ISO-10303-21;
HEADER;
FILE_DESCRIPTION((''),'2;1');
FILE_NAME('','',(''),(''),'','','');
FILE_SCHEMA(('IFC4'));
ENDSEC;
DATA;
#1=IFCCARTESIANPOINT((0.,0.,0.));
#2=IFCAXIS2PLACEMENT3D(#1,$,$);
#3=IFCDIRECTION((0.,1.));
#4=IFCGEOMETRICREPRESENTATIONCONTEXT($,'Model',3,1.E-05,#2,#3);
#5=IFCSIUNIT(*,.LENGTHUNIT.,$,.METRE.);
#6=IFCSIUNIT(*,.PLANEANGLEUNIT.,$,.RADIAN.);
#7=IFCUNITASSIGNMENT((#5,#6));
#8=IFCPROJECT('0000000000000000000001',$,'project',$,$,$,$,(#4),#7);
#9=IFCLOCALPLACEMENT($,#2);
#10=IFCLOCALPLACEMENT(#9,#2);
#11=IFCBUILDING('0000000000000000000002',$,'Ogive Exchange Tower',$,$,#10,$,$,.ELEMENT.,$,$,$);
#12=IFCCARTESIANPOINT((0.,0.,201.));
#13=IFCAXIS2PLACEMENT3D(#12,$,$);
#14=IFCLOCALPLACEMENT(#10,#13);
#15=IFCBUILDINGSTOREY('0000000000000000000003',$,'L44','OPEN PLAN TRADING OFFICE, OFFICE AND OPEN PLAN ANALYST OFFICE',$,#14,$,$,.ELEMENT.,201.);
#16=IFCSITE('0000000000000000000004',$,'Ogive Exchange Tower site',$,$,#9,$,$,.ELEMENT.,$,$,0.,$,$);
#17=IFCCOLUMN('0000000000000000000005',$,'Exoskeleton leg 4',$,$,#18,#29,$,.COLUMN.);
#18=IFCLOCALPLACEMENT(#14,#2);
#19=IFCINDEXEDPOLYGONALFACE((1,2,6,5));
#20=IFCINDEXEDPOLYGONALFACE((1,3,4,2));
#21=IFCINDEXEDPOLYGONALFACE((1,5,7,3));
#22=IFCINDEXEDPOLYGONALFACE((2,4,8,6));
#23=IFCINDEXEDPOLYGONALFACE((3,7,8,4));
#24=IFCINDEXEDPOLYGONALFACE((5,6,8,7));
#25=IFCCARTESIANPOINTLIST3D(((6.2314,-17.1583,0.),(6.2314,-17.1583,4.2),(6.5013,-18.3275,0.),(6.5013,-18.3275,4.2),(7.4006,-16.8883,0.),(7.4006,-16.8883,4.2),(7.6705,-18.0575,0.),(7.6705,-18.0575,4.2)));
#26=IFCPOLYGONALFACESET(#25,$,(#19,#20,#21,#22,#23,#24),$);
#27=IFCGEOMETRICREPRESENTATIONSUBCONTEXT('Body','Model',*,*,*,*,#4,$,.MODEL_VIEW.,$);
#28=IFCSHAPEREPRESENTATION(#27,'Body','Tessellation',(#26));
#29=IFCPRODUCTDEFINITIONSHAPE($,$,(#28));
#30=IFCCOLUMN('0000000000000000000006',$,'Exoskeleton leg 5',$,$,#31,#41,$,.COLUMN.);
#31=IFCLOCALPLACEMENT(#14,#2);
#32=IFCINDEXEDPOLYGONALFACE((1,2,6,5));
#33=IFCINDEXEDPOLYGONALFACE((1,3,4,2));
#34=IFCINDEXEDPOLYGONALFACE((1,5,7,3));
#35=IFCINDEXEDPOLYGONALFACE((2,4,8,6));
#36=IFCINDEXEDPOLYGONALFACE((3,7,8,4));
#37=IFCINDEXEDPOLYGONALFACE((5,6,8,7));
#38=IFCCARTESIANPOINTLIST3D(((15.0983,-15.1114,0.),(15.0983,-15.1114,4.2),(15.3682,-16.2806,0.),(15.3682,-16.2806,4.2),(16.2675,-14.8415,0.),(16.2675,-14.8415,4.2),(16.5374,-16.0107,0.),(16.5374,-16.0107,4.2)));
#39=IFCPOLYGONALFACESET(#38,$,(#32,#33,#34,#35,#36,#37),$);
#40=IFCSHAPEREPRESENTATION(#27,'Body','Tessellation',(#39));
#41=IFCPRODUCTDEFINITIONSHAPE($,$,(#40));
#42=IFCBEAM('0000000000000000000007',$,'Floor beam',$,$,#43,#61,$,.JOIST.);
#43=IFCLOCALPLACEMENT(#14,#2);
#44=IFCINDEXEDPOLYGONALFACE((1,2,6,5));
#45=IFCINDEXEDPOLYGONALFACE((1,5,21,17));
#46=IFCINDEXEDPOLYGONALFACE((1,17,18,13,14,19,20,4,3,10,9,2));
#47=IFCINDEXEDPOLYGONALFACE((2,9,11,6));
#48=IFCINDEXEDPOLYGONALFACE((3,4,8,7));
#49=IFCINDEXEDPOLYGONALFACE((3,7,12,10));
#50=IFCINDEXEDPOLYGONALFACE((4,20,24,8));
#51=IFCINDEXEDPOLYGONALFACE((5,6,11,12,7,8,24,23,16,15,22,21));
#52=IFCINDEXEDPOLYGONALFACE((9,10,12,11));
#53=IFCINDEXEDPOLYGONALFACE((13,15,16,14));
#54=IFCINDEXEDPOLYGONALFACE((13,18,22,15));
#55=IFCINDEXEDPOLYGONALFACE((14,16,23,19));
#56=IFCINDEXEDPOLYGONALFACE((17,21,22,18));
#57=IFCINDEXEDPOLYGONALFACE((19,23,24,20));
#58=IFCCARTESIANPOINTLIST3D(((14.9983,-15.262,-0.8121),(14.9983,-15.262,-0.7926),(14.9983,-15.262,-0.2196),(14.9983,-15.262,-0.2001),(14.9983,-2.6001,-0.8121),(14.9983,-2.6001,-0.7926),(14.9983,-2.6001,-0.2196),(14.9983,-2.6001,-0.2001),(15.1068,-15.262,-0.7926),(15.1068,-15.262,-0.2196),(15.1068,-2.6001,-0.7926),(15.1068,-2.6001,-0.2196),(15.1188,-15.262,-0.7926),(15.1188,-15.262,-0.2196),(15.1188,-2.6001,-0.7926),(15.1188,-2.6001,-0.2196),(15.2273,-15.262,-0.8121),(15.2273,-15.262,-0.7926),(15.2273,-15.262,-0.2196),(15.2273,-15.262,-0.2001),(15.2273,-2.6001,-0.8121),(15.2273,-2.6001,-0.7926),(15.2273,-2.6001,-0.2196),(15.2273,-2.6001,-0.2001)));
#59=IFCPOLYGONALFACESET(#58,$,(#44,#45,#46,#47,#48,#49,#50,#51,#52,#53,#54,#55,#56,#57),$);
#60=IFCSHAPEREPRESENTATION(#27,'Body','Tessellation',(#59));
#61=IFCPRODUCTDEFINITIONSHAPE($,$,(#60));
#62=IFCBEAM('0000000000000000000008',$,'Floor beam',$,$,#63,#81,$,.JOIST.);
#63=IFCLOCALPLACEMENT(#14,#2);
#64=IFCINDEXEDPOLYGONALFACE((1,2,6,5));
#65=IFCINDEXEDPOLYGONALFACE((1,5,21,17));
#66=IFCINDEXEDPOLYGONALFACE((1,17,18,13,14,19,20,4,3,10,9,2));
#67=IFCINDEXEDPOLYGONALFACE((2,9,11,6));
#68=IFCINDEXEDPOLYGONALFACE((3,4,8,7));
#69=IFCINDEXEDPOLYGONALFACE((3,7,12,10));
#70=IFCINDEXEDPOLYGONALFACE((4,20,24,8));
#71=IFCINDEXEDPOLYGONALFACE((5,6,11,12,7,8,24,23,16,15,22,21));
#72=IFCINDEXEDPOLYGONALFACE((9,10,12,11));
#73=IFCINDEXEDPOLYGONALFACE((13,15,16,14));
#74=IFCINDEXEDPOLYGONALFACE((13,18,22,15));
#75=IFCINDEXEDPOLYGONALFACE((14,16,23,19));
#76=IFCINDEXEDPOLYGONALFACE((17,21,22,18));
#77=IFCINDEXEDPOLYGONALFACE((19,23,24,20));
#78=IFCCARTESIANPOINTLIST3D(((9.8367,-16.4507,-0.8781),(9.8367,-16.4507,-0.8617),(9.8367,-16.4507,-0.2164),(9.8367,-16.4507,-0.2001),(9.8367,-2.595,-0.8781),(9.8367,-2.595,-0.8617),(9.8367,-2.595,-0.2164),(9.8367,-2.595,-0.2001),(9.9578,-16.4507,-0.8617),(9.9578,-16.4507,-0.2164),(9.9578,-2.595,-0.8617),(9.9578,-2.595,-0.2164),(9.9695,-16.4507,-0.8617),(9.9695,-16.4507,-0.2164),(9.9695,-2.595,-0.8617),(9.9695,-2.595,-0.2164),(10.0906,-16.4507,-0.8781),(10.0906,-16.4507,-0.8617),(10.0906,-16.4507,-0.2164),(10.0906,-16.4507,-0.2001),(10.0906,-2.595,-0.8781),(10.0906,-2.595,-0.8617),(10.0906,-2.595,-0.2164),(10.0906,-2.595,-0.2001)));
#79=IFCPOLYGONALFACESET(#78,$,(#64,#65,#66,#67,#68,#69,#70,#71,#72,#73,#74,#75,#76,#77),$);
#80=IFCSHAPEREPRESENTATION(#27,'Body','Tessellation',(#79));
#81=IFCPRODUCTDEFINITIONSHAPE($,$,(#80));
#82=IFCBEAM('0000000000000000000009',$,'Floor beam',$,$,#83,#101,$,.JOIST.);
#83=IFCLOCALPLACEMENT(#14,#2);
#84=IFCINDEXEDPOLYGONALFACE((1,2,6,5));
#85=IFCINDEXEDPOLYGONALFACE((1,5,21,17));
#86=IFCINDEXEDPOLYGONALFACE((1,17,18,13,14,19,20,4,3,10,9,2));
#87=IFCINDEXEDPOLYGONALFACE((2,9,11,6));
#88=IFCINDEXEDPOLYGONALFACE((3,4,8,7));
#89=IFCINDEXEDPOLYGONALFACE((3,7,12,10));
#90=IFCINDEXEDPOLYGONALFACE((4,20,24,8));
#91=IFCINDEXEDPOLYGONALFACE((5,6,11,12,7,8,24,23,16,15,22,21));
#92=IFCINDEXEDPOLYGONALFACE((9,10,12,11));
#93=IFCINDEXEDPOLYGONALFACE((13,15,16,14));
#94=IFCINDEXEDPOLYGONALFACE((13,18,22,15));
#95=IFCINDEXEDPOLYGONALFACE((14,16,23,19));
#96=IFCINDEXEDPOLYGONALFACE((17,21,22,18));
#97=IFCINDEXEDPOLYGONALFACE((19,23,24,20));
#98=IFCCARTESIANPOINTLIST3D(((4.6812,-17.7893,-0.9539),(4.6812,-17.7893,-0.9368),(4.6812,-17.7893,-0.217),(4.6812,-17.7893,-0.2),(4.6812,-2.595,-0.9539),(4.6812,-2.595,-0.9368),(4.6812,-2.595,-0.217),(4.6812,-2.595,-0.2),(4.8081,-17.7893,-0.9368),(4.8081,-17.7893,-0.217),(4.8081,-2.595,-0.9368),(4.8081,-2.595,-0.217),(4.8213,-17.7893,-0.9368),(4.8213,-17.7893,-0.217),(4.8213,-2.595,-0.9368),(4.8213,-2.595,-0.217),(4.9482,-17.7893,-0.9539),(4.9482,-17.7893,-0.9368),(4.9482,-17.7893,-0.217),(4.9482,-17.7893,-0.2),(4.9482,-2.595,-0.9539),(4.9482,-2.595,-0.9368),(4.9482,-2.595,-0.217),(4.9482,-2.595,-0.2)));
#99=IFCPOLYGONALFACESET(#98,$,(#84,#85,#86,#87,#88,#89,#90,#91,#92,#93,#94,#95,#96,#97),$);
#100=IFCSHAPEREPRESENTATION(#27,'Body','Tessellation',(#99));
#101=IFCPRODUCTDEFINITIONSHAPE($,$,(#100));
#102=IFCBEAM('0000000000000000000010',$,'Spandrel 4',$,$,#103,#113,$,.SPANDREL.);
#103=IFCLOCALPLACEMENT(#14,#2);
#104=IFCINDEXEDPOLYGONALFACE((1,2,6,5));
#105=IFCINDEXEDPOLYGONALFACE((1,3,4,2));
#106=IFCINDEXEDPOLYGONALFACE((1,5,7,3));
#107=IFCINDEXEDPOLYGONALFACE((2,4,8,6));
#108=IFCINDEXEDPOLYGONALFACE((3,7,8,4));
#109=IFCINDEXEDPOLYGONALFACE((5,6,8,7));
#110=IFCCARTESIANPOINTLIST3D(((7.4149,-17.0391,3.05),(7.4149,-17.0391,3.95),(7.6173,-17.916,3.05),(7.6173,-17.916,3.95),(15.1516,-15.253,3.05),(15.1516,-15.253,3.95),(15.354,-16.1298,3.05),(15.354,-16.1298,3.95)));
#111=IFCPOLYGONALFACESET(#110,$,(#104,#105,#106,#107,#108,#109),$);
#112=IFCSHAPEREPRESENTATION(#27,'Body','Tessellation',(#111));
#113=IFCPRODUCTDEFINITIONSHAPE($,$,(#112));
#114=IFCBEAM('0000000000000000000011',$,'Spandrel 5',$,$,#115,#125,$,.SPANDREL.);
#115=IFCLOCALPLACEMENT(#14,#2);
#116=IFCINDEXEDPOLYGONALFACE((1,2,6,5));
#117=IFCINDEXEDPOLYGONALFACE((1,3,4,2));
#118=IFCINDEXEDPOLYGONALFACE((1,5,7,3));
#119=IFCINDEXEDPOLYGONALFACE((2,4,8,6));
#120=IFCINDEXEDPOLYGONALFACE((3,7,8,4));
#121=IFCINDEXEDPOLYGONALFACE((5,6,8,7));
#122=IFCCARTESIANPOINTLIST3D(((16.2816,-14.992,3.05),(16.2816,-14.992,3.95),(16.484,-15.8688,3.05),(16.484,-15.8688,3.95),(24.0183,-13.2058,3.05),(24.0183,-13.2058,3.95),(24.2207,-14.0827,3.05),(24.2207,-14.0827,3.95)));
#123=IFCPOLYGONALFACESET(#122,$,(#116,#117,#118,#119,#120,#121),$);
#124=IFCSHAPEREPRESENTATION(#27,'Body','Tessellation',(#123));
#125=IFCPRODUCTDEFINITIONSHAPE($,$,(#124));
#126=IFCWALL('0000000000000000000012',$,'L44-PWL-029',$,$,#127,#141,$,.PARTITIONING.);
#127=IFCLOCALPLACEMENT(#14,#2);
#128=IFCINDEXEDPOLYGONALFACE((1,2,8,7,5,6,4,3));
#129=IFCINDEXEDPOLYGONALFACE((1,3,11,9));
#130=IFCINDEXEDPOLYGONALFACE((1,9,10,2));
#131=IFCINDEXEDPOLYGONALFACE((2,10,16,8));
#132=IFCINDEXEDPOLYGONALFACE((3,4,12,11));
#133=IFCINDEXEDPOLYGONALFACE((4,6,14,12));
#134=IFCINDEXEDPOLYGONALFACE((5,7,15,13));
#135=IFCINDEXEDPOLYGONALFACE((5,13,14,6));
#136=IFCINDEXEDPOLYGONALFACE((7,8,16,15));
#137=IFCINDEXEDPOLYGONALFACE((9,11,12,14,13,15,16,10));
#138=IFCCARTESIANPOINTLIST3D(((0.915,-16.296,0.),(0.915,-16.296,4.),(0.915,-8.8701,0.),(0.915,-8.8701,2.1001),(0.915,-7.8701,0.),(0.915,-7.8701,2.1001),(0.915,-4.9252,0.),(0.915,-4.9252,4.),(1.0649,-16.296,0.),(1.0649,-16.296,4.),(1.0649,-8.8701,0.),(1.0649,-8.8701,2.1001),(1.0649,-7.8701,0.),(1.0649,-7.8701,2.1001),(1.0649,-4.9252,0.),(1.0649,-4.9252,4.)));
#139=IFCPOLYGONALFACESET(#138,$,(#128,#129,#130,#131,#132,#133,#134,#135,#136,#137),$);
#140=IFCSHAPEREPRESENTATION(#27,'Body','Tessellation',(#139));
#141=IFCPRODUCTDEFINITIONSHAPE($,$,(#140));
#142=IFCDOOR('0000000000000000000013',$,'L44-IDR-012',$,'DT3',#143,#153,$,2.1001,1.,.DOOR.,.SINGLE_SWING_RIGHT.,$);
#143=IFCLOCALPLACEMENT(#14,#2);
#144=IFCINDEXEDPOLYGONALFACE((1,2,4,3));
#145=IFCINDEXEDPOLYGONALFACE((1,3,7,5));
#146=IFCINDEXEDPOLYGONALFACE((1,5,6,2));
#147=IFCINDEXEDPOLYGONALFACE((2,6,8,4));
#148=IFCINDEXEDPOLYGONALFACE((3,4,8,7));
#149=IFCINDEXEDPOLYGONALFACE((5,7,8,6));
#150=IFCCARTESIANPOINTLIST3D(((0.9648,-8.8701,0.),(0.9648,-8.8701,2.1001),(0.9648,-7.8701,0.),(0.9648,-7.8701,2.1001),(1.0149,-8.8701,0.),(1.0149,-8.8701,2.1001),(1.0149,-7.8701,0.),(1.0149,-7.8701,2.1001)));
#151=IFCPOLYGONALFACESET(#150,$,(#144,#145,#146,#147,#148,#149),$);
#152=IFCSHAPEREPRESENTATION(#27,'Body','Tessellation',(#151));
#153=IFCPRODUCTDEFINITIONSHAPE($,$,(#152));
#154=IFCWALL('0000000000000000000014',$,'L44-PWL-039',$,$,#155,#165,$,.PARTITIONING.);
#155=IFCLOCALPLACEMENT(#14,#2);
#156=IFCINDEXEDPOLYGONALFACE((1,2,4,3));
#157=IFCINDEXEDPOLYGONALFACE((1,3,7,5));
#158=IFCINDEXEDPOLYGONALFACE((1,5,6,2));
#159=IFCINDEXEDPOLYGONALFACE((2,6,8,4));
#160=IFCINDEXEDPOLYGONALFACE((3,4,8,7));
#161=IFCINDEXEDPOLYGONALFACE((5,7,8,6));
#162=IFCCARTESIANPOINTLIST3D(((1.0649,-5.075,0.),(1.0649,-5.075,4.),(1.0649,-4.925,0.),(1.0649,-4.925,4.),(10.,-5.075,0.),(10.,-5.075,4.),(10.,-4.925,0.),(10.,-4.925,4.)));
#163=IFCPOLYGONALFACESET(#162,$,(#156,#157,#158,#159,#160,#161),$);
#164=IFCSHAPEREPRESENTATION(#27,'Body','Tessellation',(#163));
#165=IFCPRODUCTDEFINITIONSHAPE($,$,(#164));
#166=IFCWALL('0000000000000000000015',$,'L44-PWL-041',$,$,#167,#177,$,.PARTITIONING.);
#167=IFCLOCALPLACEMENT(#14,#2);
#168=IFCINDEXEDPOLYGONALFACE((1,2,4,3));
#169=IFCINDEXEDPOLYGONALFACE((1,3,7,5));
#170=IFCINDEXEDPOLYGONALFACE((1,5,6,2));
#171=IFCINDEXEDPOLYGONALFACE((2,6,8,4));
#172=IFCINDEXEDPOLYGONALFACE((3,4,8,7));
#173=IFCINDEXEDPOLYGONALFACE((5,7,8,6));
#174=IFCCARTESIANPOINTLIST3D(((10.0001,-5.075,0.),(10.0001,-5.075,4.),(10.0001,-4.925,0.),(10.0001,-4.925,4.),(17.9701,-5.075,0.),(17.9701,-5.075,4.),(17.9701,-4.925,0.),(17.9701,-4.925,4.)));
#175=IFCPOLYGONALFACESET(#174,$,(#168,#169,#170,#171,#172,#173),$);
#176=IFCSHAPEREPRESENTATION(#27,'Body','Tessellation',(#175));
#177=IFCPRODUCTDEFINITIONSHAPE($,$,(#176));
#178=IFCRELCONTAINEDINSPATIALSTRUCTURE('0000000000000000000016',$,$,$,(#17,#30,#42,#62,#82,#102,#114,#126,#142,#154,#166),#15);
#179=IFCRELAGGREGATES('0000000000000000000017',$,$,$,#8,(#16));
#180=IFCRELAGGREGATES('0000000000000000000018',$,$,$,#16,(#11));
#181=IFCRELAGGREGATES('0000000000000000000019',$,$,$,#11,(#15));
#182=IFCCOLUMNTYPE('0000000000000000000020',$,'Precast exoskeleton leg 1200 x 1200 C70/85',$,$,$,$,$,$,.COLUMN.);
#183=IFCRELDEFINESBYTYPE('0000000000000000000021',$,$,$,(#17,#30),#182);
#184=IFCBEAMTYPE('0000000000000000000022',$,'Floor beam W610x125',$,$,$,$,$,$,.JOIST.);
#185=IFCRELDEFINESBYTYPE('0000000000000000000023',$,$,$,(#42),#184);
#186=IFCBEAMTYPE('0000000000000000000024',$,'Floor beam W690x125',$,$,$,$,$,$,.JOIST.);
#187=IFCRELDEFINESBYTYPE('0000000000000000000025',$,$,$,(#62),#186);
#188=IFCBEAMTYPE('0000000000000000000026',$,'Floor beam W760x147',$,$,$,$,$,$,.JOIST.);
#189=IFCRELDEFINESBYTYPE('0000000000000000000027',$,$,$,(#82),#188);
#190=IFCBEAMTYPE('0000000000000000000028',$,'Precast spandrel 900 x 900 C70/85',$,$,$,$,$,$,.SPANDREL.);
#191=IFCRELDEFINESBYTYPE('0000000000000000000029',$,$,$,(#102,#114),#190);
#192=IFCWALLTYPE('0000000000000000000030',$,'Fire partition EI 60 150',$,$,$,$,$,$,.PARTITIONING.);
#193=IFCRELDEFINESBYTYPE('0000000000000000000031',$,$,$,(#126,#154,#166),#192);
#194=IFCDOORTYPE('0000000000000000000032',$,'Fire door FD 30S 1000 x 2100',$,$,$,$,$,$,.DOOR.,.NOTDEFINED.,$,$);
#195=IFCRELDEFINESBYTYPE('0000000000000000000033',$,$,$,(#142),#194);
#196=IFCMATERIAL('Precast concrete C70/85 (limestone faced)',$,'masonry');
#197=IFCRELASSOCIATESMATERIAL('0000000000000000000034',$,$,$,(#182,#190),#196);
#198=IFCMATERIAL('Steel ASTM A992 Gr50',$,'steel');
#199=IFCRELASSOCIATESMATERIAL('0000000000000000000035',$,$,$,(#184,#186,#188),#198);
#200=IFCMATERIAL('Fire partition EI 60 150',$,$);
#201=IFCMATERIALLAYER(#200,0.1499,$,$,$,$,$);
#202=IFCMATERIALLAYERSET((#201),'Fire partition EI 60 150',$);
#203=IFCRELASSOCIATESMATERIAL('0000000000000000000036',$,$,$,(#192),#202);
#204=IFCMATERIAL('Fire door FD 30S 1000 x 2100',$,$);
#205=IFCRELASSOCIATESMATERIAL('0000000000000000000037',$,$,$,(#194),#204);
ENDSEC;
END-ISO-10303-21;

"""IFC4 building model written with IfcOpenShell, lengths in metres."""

from ifc_helpers import new_model, si_unit, direction, frame, frame_2d, origin, origin_2d, place, context, subcontext, project, spatial, rectangle, i_section, extrude, material, layer, layer_set, material_profile, profile_set, type_object, element, fill, save


model = new_model("IFC4")

# Units and contexts
model_context = context("Model", 3, precision=1e-05, world=origin(), true_north=direction((0.0, 1.0)))
body_context = subcontext(model_context, "Body", "Model", "MODEL_VIEW")
ifc_project = project(units=[si_unit("LENGTHUNIT", "METRE"), si_unit("PLANEANGLEUNIT", "RADIAN")], contexts=[model_context])

# Site, building, storey
site_placement = place(None, origin())
site = spatial("IfcSite", under=ifc_project, at=site_placement, Name="Ogive Exchange Tower site", CompositionType="ELEMENT", RefElevation=0.0)
building_placement = place(site_placement, origin())
building = spatial("IfcBuilding", under=site, at=building_placement, Name="Ogive Exchange Tower", CompositionType="ELEMENT")
storey_placement = place(building_placement, frame((0.0, 0.0, 201.0)))
storey = spatial("IfcBuildingStorey", under=building, at=storey_placement, Name="L44", Description="OPEN PLAN TRADING OFFICE, OFFICE AND OPEN PLAN ANALYST OFFICE", CompositionType="ELEMENT", Elevation=201.0)

# Columns
ifc_material_1 = material(Name="Precast concrete C70/85 (limestone faced)", Category="masonry")
ifc_material_profile_1 = material_profile(ifc_material_1, rectangle(XDim=1.2, YDim=1.2, at=origin_2d()), Name="1200 x 1200")
ifc_profile_set_1 = profile_set([ifc_material_profile_1], Name="Precast concrete C70/85 (limestone faced)")
column_type = type_object("IfcColumnType", Name="Precast exoskeleton leg 1200 x 1200 C70/85", PredefinedType="COLUMN", material=ifc_profile_set_1)
for number, where, z_axis, x_axis, name in (
    (1, (6.9509, -17.6079, 0.0), (0.0, 0.0, 1.0), (0.97437, 0.224951, 0.0), "Exoskeleton leg 4"),
    (2, (15.8179, -15.561, 0.0), (0.0, 0.0, 1.0), (0.97437, 0.224951, 0.0), "Exoskeleton leg 5"),
):
    element("IfcColumn", number, at=place(storey_placement, frame(where, z_axis=z_axis, x_axis=x_axis)), inside=storey, type_object=column_type, Name=name, PredefinedType="COLUMN", context=body_context, shape_type="SweptSolid", body=[
        extrude(rectangle(XDim=1.2, YDim=1.2, at=origin_2d()), origin(), (0.0, 0.0, 1.0), 4.2),
    ])

# Beams
ifc_material_2 = material(Name="Steel ASTM A992 Gr50", Category="steel")
ifc_material_profile_2 = material_profile(ifc_material_2, i_section(OverallWidth=0.229, OverallDepth=0.6121, WebThickness=0.012, FlangeThickness=0.0195, at=origin_2d()), Name="W610x125")
ifc_profile_set_2 = profile_set([ifc_material_profile_2], Name="Steel ASTM A992 Gr50")
beam_type_1 = type_object("IfcBeamType", Name="Floor beam W610x125", PredefinedType="JOIST", material=ifc_profile_set_2)
beam_1_placement = place(storey_placement, frame((15.1128, -15.262, -0.5061), z_axis=(0.0, 1.0, 0.0), x_axis=(-1.0, 0.0, 0.0)))
element("IfcBeam", 3, at=beam_1_placement, inside=storey, type_object=beam_type_1, Name="Floor beam", PredefinedType="JOIST", context=body_context, shape_type="SweptSolid", body=[
    extrude(i_section(OverallWidth=0.229, OverallDepth=0.6121, WebThickness=0.012, FlangeThickness=0.0195, at=origin_2d()), origin(), (0.0, 0.0, 1.0), 12.6619),
])
ifc_material_profile_3 = material_profile(ifc_material_2, i_section(OverallWidth=0.2539, OverallDepth=0.678, WebThickness=0.0117, FlangeThickness=0.0164, at=origin_2d()), Name="W690x125")
ifc_profile_set_3 = profile_set([ifc_material_profile_3], Name="Steel ASTM A992 Gr50")
beam_type_2 = type_object("IfcBeamType", Name="Floor beam W690x125", PredefinedType="JOIST", material=ifc_profile_set_3)
beam_2_placement = place(storey_placement, frame((9.9636, -16.4507, -0.5391), z_axis=(0.0, 1.0, 0.0), x_axis=(-1.0, 0.0, 0.0)))
element("IfcBeam", 4, at=beam_2_placement, inside=storey, type_object=beam_type_2, Name="Floor beam", PredefinedType="JOIST", context=body_context, shape_type="SweptSolid", body=[
    extrude(i_section(OverallWidth=0.2539, OverallDepth=0.678, WebThickness=0.0117, FlangeThickness=0.0164, at=origin_2d()), origin(), (0.0, 0.0, 1.0), 13.8557),
])
ifc_material_profile_4 = material_profile(ifc_material_2, i_section(OverallWidth=0.2671, OverallDepth=0.7539, WebThickness=0.0132, FlangeThickness=0.0171, at=origin_2d()), Name="W760x147")
ifc_profile_set_4 = profile_set([ifc_material_profile_4], Name="Steel ASTM A992 Gr50")
beam_type_3 = type_object("IfcBeamType", Name="Floor beam W760x147", PredefinedType="JOIST", material=ifc_profile_set_4)
beam_3_placement = place(storey_placement, frame((4.8147, -17.7893, -0.5769), z_axis=(0.0, 1.0, 0.0), x_axis=(-1.0, 0.0, 0.0)))
element("IfcBeam", 5, at=beam_3_placement, inside=storey, type_object=beam_type_3, Name="Floor beam", PredefinedType="JOIST", context=body_context, shape_type="SweptSolid", body=[
    extrude(i_section(OverallWidth=0.2671, OverallDepth=0.7539, WebThickness=0.0132, FlangeThickness=0.0171, at=origin_2d()), origin(), (0.0, 0.0, 1.0), 15.1943),
])
ifc_material_profile_5 = material_profile(ifc_material_1, rectangle(XDim=0.8999, YDim=0.8999, at=origin_2d()), Name="900 x 900")
ifc_profile_set_5 = profile_set([ifc_material_profile_5], Name="Precast concrete C70/85 (limestone faced)")
beam_type_4 = type_object("IfcBeamType", Name="Precast spandrel 900 x 900 C70/85", PredefinedType="SPANDREL", material=ifc_profile_set_5)
for number, where, z_axis, x_axis, name in (
    (6, (7.5161, -17.4775, 3.5), (0.97437, 0.224952, 0.0), (-0.224952, 0.97437, 0.0), "Spandrel 4"),
    (7, (16.3828, -15.4304, 3.5), (0.97437, 0.224952, 0.0), (-0.224952, 0.97437, 0.0), "Spandrel 5"),
):
    element("IfcBeam", number, at=place(storey_placement, frame(where, z_axis=z_axis, x_axis=x_axis)), inside=storey, type_object=beam_type_4, Name=name, PredefinedType="SPANDREL", context=body_context, shape_type="SweptSolid", body=[
        extrude(rectangle(XDim=0.8999, YDim=0.8999, at=origin_2d()), origin(), (0.0, 0.0, 1.0), 7.9402),
    ])

# Wall, opening, door
ifc_material_3 = material(Name="Fire partition EI 60 150")
ifc_layer_1 = layer(ifc_material_3, 0.1499)
ifc_layer_set_1 = layer_set([ifc_layer_1], Name="Fire partition EI 60 150")
wall_type_1 = type_object("IfcWallType", Name="Fire partition EI 60 150", PredefinedType="PARTITIONING", material=ifc_layer_set_1)
wall_1_placement = place(storey_placement, frame((0.99, -4.925, 0.0), z_axis=(0.0, 0.0, 1.0), x_axis=(0.0, -1.0, 0.0)))
wall_1 = element("IfcWall", 8, at=wall_1_placement, inside=storey, type_object=wall_type_1, Name="L44-PWL-029", PredefinedType="PARTITIONING", context=body_context, shape_type="SweptSolid", body=[
    extrude(rectangle(XDim=11.3708, YDim=0.1499, at=frame_2d((5.6855, 0.0))), origin(), (0.0, 0.0, 1.0), 4.0),
])
opening_1_placement = place(wall_1_placement, frame((2.9451, 0.0, 0.0)))
opening_1 = element("IfcOpeningElement", 9, at=opening_1_placement, cuts=wall_1, PredefinedType="OPENING", context=body_context, shape_type="SweptSolid", body=[
    extrude(rectangle(XDim=1.0, YDim=2.1001, at=frame_2d((0.5, 1.05))), frame((0.0, 0.085, 0.0), z_axis=(0.0, -1.0, 0.0), x_axis=(1.0, 0.0, 0.0)), (0.0, 0.0, 1.0), 0.1699),
])
ifc_material_4 = material(Name="Fire door FD 30S 1000 x 2100")
door_type_1 = type_object("IfcDoorType", Name="Fire door FD 30S 1000 x 2100", OperationType="NOTDEFINED", PredefinedType="DOOR", material=ifc_material_4)
door_1_placement = place(opening_1_placement, origin())
door_1 = element("IfcDoor", 10, at=door_1_placement, inside=storey, type_object=door_type_1, Name="L44-IDR-012", ObjectType="DT3", OperationType="SINGLE_SWING_RIGHT", OverallHeight=2.1001, OverallWidth=1.0, PredefinedType="DOOR", context=body_context, shape_type="SweptSolid", body=[
    extrude(rectangle(XDim=1.0, YDim=2.1001, at=frame_2d((0.5, 1.05))), frame((0.0, 0.0249, 0.0), z_axis=(0.0, -1.0, 0.0), x_axis=(1.0, 0.0, 0.0)), (0.0, 0.0, 1.0), 0.05),
])
fill(opening_1, door_1)

# Walls
wall_2_placement = place(storey_placement, frame((10.0, -5.0, 0.0), z_axis=(0.0, 0.0, 1.0), x_axis=(-1.0, 0.0, 0.0)))
element("IfcWall", 11, at=wall_2_placement, inside=storey, type_object=wall_type_1, Name="L44-PWL-039", PredefinedType="PARTITIONING", context=body_context, shape_type="SweptSolid", body=[
    extrude(rectangle(XDim=8.9351, YDim=0.1499, at=frame_2d((4.4675, 0.0))), origin(), (0.0, 0.0, 1.0), 4.0),
])
wall_3_placement = place(storey_placement, frame((17.97, -5.0, 0.0), z_axis=(0.0, 0.0, 1.0), x_axis=(-1.0, 0.0, 0.0)))
element("IfcWall", 12, at=wall_3_placement, inside=storey, type_object=wall_type_1, Name="L44-PWL-041", PredefinedType="PARTITIONING", context=body_context, shape_type="SweptSolid", body=[
    extrude(rectangle(XDim=7.97, YDim=0.1499, at=frame_2d((3.9849, 0.0))), origin(), (0.0, 0.0, 1.0), 4.0),
])

save(model, "model.ifc")
